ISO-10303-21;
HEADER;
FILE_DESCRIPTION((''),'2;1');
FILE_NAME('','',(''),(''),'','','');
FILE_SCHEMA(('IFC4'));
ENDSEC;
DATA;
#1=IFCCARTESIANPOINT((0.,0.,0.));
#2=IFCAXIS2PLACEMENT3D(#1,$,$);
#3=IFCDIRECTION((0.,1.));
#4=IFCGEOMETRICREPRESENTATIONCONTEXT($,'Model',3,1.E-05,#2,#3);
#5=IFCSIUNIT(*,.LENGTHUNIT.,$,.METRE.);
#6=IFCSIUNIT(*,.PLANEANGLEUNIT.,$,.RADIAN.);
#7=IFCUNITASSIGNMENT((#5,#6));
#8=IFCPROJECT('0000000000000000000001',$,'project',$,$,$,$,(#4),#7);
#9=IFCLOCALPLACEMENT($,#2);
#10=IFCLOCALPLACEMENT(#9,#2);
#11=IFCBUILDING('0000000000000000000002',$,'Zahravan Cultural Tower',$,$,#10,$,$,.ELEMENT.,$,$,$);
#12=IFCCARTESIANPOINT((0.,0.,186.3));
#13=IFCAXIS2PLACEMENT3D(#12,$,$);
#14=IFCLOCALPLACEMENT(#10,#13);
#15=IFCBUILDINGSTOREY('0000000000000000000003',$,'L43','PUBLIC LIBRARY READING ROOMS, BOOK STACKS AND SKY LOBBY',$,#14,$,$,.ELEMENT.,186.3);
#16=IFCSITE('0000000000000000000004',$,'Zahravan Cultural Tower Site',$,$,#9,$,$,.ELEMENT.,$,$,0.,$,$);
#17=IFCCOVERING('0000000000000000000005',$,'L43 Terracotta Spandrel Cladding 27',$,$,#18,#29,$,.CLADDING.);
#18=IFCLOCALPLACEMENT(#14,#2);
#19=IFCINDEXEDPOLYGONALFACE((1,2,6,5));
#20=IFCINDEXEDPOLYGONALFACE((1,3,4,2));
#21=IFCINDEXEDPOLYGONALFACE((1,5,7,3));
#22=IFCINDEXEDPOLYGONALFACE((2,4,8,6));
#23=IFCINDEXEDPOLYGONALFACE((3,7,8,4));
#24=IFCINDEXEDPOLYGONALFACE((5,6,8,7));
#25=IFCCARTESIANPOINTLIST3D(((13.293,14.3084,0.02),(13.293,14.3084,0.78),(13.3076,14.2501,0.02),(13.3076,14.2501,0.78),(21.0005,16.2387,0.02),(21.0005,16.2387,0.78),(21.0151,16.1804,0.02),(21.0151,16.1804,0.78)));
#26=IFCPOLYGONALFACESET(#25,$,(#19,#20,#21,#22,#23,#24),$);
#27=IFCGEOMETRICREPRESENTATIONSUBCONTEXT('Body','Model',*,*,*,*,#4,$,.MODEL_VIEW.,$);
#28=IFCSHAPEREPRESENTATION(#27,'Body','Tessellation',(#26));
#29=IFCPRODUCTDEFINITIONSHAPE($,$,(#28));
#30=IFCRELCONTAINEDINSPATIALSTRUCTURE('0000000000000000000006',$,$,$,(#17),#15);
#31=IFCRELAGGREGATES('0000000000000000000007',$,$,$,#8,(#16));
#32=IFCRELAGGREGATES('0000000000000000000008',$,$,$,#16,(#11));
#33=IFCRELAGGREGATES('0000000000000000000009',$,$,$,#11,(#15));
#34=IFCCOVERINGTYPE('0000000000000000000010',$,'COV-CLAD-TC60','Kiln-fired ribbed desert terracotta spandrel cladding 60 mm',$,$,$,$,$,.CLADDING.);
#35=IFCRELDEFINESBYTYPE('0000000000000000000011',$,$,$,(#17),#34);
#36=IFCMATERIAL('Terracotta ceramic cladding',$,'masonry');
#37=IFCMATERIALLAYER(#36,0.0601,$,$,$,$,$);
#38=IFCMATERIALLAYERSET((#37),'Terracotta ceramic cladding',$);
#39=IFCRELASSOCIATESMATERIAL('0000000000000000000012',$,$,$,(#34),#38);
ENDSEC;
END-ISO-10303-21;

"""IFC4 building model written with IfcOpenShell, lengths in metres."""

from ifc_helpers import new_model, si_unit, direction, frame, origin, origin_2d, place, context, subcontext, project, spatial, rectangle, extrude, source, transform, mapped, material, layer, layer_set, type_object, element, save


model = new_model("IFC4")

# Units and contexts
model_context = context("Model", 3, precision=1e-05, world=origin(), true_north=direction((0.0, 1.0)))
body_context = subcontext(model_context, "Body", "Model", "MODEL_VIEW")
ifc_project = project(units=[si_unit("LENGTHUNIT", "METRE"), si_unit("PLANEANGLEUNIT", "RADIAN")], contexts=[model_context])

# Site, building, storey
site_placement = place(None, origin())
site = spatial("IfcSite", under=ifc_project, at=site_placement, Name="Zahravan Cultural Tower Site", CompositionType="ELEMENT", RefElevation=0.0)
building_placement = place(site_placement, origin())
building = spatial("IfcBuilding", under=site, at=building_placement, Name="Zahravan Cultural Tower", CompositionType="ELEMENT")
storey_placement = place(building_placement, frame((0.0, 0.0, 186.3)))
storey = spatial("IfcBuildingStorey", under=building, at=storey_placement, Name="L43", Description="PUBLIC LIBRARY READING ROOMS, BOOK STACKS AND SKY LOBBY", CompositionType="ELEMENT", Elevation=186.3)

# Covering
ifc_material_1 = material(Name="Terracotta ceramic cladding", Category="masonry")
ifc_layer_1 = layer(ifc_material_1, 0.0601)
ifc_layer_set_1 = layer_set([ifc_layer_1], Name="Terracotta ceramic cladding")
covering_type_1 = type_object("IfcCoveringType", Name="COV-CLAD-TC60", Description="Kiln-fired ribbed desert terracotta spandrel cladding 60 mm", PredefinedType="CLADDING", material=ifc_layer_set_1)
shared_shape_1 = source(origin(), body_context, "Body", "SweptSolid", [
    extrude(rectangle(XDim=7.9456, YDim=0.0601, at=origin_2d()), origin(), (0.0, 0.0, 1.0), 0.76),
])
covering_1_placement = place(storey_placement, frame((17.1541, 15.2444, 0.02), z_axis=(0.0, 0.0, 1.0), x_axis=(-0.970042, -0.242938, 0.0)))
element("IfcCovering", 1, at=covering_1_placement, inside=storey, type_object=covering_type_1, Name="L43 Terracotta Spandrel Cladding 27", PredefinedType="CLADDING", context=body_context, shape_type="MappedRepresentation", body=[
    mapped(shared_shape_1, transform((0.0, 0.0, 0.0), x_axis=(1.0, 0.0, 0.0), y_axis=(0.0, 1.0, 0.0), z_axis=(0.0, 0.0, 1.0), scale=1.0)),
])

save(model, "model.ifc")
